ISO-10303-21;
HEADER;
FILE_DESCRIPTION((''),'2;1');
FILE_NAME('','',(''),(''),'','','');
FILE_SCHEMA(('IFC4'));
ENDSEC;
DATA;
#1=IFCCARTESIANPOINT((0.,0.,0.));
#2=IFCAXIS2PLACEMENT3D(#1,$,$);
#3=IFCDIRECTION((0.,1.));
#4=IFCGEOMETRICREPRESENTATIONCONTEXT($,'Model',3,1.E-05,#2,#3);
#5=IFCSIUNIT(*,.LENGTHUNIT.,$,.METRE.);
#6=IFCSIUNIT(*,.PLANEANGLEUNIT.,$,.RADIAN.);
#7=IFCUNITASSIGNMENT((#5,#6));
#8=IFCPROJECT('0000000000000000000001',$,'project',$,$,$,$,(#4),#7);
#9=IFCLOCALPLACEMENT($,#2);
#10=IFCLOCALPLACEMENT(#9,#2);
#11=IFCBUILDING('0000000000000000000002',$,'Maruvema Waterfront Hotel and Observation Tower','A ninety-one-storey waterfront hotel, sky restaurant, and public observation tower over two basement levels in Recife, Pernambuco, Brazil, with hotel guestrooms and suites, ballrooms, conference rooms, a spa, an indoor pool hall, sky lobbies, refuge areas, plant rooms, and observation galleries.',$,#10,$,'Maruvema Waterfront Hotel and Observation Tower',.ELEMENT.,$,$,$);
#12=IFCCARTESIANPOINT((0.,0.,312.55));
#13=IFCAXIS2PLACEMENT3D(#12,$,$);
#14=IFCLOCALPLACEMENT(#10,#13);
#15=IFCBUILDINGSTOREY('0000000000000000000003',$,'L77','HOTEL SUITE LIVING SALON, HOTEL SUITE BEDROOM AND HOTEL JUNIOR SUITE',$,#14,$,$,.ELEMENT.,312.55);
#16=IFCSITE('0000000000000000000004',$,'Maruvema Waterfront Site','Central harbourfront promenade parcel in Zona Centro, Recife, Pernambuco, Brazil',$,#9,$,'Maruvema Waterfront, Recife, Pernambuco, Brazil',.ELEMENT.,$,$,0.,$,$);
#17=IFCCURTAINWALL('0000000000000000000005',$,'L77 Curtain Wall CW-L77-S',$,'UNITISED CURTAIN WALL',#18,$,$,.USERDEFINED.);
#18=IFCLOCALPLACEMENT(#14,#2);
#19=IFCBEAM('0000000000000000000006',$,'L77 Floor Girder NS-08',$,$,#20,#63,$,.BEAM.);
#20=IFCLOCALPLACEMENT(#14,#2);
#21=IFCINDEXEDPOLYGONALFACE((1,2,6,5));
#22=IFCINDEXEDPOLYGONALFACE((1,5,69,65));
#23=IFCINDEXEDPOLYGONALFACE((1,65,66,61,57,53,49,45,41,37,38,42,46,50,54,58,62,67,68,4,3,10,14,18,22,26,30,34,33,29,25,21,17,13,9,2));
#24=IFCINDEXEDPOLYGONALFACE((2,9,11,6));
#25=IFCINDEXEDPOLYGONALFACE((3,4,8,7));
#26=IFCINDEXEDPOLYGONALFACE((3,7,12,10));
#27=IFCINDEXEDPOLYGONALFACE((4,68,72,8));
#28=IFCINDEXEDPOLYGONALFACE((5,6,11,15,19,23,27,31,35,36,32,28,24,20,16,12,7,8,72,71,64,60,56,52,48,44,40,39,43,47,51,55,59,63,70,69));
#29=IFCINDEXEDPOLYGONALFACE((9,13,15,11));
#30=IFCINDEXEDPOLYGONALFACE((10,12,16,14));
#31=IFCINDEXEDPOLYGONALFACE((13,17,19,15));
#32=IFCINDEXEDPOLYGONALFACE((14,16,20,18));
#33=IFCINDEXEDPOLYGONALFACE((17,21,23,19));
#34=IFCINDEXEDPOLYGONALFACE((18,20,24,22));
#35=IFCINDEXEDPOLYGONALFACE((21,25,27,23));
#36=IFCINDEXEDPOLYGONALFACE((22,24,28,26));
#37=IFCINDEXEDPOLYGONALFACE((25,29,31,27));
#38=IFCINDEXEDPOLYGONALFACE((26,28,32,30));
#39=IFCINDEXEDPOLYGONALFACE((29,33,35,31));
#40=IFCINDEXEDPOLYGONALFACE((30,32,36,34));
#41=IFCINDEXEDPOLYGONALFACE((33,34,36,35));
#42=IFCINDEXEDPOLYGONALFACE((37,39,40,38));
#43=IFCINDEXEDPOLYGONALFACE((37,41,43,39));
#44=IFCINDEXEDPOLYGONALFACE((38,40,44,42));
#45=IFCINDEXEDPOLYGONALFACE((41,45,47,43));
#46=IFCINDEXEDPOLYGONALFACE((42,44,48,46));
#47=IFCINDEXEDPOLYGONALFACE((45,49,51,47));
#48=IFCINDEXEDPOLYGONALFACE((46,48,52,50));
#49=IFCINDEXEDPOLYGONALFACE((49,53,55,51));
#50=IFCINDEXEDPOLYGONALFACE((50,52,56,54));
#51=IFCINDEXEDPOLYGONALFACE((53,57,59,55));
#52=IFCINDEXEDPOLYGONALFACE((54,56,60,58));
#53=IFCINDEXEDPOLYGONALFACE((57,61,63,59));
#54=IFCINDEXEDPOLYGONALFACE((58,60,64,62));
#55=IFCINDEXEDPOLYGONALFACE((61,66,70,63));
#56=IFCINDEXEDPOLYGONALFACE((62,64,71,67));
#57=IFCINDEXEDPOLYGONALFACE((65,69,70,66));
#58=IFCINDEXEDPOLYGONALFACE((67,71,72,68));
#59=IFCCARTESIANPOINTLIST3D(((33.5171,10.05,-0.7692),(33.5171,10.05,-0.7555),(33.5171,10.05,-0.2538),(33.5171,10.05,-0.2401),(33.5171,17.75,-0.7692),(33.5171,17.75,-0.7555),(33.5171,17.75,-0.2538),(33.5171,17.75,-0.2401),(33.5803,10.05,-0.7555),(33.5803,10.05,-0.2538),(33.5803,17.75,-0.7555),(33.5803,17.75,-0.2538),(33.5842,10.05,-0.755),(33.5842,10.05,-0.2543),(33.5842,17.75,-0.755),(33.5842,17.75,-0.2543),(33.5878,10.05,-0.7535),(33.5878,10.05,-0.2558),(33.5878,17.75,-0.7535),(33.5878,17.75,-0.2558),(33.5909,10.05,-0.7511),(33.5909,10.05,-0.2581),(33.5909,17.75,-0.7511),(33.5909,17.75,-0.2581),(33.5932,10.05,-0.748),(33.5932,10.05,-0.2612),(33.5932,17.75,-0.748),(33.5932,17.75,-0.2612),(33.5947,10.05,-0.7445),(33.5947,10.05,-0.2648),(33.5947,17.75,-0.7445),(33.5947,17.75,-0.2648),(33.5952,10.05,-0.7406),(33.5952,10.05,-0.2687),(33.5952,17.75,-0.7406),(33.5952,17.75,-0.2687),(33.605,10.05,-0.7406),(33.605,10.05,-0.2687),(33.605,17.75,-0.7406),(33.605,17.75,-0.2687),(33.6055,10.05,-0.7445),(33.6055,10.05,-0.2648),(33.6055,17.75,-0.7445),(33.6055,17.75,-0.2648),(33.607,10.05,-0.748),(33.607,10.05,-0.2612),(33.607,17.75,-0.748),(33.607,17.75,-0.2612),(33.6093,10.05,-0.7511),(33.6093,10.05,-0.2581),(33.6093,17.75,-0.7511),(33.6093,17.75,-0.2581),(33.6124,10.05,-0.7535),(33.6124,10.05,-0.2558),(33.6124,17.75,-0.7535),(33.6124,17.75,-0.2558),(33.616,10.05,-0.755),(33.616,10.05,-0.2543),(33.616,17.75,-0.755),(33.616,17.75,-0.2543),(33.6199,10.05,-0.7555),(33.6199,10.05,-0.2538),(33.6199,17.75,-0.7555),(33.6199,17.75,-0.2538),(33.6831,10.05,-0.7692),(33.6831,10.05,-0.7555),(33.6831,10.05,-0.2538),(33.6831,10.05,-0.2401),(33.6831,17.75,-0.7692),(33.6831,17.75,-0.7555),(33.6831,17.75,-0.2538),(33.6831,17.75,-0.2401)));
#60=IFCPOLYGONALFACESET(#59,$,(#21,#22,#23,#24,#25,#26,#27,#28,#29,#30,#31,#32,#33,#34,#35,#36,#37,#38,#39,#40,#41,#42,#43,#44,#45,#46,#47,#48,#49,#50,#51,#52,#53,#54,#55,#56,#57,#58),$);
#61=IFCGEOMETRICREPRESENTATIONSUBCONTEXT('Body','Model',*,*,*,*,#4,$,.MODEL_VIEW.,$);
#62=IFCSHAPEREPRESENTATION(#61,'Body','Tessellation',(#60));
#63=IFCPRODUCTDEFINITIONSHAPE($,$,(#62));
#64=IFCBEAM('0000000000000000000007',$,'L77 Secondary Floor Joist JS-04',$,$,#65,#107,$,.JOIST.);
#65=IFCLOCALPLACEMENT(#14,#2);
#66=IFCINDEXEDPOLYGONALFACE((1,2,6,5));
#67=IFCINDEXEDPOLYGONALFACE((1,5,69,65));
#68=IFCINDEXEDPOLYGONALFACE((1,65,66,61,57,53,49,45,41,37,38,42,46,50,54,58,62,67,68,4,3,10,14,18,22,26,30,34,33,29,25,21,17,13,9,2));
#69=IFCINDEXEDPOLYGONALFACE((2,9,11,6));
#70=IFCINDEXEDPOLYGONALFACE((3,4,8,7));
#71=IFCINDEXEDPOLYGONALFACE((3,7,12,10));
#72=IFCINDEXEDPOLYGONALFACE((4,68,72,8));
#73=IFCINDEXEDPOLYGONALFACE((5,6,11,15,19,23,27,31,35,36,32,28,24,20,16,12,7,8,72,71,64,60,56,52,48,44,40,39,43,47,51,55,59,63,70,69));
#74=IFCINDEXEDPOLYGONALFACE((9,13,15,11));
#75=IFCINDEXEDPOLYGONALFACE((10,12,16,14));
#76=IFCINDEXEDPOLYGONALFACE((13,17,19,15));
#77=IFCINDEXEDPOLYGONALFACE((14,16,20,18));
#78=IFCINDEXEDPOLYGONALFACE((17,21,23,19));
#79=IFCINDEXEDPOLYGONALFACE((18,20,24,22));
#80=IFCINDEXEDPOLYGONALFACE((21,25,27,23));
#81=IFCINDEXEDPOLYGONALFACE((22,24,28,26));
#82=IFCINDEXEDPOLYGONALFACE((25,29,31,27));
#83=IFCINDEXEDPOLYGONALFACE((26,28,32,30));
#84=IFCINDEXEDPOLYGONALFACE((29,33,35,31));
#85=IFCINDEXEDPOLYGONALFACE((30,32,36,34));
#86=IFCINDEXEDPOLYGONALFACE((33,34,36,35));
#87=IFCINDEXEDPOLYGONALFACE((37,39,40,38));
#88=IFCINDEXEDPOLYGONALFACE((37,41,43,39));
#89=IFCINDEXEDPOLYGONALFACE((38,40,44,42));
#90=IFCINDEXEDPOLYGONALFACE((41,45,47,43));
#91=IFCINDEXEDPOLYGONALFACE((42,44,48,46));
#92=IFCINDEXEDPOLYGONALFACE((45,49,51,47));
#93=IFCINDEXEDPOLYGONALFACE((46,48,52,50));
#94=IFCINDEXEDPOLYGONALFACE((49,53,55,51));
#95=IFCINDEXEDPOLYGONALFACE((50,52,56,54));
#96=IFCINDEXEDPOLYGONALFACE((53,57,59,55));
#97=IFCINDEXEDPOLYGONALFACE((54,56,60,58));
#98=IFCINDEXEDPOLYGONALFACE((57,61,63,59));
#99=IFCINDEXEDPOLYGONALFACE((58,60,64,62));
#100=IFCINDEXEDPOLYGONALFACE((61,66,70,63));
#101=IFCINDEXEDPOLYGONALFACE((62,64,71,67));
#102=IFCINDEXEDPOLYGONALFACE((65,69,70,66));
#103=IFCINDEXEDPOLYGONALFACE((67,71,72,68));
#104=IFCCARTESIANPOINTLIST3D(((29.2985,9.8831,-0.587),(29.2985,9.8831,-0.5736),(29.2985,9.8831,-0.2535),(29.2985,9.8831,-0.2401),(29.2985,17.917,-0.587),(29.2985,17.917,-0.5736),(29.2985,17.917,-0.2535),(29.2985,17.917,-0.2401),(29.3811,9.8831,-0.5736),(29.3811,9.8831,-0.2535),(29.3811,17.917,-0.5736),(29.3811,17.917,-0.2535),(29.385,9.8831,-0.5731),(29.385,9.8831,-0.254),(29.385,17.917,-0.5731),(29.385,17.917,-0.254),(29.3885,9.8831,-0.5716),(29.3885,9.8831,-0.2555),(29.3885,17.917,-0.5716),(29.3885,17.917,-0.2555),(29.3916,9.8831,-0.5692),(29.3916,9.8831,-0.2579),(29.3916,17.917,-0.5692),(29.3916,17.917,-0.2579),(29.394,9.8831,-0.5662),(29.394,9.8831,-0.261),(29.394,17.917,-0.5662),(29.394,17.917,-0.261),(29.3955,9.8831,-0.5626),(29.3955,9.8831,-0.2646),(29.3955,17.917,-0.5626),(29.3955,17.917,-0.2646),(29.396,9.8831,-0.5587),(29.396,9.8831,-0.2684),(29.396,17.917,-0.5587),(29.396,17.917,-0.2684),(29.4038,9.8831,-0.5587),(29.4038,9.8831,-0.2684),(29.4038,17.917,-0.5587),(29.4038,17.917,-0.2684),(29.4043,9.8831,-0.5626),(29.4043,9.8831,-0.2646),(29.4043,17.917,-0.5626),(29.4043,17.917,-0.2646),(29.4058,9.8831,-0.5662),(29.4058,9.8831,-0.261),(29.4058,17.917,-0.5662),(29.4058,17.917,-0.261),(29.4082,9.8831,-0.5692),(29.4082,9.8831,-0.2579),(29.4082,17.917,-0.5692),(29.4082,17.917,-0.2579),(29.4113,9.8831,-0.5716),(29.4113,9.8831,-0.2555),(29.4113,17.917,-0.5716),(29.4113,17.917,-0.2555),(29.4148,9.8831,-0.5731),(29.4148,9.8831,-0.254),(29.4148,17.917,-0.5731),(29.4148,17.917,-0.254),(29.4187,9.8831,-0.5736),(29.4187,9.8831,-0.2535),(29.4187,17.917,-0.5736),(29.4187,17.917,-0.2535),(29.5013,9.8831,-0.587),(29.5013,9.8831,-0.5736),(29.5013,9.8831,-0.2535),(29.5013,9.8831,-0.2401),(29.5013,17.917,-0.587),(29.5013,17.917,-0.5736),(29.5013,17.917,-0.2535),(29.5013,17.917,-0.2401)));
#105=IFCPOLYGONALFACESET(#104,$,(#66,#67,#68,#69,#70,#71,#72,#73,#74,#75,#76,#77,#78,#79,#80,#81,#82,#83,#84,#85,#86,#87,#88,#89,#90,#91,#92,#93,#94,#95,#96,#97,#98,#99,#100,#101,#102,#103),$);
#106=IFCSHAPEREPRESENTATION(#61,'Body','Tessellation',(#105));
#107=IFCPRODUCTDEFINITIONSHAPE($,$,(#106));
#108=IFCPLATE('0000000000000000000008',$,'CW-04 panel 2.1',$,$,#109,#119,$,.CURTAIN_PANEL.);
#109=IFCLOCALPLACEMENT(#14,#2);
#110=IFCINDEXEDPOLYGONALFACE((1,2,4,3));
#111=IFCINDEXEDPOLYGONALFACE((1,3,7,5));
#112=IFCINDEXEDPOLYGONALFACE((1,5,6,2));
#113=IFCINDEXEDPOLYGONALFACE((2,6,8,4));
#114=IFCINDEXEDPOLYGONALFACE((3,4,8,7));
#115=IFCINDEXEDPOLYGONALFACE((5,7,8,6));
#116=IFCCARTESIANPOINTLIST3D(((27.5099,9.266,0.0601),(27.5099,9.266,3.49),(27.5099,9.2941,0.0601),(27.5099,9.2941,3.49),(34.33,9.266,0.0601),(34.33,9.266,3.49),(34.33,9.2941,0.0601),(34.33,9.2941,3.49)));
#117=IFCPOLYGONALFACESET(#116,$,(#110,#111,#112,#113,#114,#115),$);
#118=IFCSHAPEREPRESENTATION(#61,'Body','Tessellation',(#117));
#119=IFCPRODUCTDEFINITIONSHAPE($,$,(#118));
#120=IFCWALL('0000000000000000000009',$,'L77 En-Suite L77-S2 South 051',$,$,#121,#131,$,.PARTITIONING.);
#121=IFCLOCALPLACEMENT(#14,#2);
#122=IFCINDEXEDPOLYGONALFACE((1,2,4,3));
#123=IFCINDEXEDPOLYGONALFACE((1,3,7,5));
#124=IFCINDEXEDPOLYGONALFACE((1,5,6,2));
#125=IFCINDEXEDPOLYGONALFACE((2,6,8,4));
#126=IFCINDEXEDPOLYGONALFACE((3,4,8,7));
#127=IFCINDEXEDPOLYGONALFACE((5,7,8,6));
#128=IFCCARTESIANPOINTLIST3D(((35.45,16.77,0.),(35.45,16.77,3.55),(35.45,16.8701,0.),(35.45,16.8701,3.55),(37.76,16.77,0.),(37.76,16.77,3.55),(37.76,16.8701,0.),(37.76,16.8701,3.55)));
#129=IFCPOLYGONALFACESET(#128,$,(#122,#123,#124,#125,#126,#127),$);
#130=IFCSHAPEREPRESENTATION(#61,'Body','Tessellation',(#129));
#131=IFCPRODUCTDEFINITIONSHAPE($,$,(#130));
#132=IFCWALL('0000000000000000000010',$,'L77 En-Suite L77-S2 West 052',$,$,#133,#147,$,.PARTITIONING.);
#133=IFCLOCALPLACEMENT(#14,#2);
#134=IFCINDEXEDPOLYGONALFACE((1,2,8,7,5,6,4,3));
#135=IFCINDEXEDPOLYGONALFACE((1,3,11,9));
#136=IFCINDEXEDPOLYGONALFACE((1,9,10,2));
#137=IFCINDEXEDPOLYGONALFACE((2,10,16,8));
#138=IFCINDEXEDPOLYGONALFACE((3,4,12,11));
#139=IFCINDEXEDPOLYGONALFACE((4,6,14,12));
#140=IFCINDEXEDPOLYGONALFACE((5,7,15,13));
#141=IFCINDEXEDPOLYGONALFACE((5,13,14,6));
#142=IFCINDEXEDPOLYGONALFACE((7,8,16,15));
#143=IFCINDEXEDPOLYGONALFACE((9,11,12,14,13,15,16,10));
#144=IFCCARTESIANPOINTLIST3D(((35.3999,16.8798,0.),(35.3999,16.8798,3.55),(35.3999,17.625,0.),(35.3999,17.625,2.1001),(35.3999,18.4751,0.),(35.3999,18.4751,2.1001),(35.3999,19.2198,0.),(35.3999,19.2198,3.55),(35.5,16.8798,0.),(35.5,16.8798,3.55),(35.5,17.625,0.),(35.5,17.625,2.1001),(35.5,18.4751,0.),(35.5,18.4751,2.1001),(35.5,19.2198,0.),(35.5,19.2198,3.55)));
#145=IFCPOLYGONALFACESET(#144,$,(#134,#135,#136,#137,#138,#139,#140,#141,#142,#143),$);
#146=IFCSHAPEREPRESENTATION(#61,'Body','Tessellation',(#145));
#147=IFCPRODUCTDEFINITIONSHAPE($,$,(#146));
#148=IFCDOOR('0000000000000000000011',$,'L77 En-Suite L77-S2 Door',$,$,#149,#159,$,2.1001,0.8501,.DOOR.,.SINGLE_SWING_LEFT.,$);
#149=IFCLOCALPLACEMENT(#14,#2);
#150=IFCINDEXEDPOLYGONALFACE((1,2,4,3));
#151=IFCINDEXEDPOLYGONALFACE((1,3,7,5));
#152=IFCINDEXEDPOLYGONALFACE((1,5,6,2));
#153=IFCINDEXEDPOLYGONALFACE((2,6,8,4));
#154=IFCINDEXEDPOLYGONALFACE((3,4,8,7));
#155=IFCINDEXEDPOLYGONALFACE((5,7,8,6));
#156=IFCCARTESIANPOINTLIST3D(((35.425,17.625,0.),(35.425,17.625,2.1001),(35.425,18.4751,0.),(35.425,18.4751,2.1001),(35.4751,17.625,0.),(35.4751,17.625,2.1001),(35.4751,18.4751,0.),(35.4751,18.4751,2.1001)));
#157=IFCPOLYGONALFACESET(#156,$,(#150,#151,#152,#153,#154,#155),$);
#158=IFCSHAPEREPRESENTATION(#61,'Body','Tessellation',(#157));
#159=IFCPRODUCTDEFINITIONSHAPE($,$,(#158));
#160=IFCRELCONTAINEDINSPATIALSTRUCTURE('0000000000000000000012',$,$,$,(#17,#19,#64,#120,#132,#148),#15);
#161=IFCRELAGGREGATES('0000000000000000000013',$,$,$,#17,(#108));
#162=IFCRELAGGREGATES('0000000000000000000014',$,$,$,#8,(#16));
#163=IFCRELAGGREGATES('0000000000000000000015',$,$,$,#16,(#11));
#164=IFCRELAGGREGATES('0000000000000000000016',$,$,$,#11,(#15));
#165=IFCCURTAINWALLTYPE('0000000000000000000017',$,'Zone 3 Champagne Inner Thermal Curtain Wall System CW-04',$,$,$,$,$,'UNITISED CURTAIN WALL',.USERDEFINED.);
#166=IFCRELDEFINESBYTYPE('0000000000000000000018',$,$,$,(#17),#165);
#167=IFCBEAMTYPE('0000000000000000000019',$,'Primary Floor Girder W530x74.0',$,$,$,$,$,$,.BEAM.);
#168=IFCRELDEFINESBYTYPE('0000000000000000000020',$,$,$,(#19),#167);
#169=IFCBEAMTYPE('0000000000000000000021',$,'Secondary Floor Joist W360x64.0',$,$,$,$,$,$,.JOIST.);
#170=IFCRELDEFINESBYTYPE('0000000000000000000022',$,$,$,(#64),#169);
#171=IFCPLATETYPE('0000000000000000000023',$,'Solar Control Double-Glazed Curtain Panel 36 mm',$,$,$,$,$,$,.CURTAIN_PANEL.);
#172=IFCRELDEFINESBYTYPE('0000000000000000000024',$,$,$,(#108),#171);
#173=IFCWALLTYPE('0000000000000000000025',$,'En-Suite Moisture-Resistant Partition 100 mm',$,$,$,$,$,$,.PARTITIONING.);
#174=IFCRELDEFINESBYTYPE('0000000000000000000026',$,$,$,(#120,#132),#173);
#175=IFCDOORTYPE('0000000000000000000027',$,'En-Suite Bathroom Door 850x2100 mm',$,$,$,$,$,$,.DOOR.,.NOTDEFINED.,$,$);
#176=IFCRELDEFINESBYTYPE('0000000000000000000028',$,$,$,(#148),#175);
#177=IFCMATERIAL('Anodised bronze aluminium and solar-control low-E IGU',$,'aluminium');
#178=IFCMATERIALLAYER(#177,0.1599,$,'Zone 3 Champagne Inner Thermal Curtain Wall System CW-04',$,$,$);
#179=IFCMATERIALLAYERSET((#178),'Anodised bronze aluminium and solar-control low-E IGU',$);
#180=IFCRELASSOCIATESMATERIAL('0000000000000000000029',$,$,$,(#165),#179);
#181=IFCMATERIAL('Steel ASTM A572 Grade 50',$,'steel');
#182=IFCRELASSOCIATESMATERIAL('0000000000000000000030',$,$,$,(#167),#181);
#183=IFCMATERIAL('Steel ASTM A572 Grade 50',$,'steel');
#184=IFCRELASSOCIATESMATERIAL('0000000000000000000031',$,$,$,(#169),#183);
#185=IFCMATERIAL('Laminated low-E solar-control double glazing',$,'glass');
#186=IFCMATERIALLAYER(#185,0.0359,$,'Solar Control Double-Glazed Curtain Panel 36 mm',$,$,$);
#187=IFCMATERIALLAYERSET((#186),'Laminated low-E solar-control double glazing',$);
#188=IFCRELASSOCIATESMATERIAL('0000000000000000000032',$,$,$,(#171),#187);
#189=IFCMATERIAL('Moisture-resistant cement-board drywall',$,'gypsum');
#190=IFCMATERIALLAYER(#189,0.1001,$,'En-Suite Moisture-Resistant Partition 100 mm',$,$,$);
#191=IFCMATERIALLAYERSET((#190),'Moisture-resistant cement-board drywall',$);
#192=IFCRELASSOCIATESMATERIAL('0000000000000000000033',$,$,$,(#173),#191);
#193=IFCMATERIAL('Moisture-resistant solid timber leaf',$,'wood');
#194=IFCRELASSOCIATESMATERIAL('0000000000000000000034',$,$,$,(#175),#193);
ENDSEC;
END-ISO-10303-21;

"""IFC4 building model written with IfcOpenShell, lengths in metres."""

from ifc_helpers import new_model, si_unit, direction, frame, frame_2d, origin, origin_2d, place, context, subcontext, project, spatial, rectangle, i_section, extrude, material, layer, layer_set, material_profile, profile_set, type_object, element, fill, aggregate, save


model = new_model("IFC4")

# Units and contexts
model_context = context("Model", 3, precision=1e-05, world=origin(), true_north=direction((0.0, 1.0)))
body_context = subcontext(model_context, "Body", "Model", "MODEL_VIEW")
ifc_project = project(units=[si_unit("LENGTHUNIT", "METRE"), si_unit("PLANEANGLEUNIT", "RADIAN")], contexts=[model_context])

# Site, building, storey
site_placement = place(None, origin())
site = spatial("IfcSite", under=ifc_project, at=site_placement, Name="Maruvema Waterfront Site", Description="Central harbourfront promenade parcel in Zona Centro, Recife, Pernambuco, Brazil", LongName="Maruvema Waterfront, Recife, Pernambuco, Brazil", CompositionType="ELEMENT", RefElevation=0.0)
building_placement = place(site_placement, origin())
building = spatial("IfcBuilding", under=site, at=building_placement, Name="Maruvema Waterfront Hotel and Observation Tower", Description="A ninety-one-storey waterfront hotel, sky restaurant, and public observation tower over two basement levels in Recife, Pernambuco, Brazil, with hotel guestrooms and suites, ballrooms, conference rooms, a spa, an indoor pool hall, sky lobbies, refuge areas, plant rooms, and observation galleries.", LongName="Maruvema Waterfront Hotel and Observation Tower", CompositionType="ELEMENT")
storey_placement = place(building_placement, frame((0.0, 0.0, 312.55)))
storey = spatial("IfcBuildingStorey", under=building, at=storey_placement, Name="L77", Description="HOTEL SUITE LIVING SALON, HOTEL SUITE BEDROOM AND HOTEL JUNIOR SUITE", CompositionType="ELEMENT", Elevation=312.55)

# Curtain wall
ifc_material_1 = material(Name="Anodised bronze aluminium and solar-control low-E IGU", Category="aluminium")
ifc_layer_1 = layer(ifc_material_1, 0.1599, Name="Zone 3 Champagne Inner Thermal Curtain Wall System CW-04")
ifc_layer_set_1 = layer_set([ifc_layer_1], Name="Anodised bronze aluminium and solar-control low-E IGU")
curtain_wall_type = type_object("IfcCurtainWallType", Name="Zone 3 Champagne Inner Thermal Curtain Wall System CW-04", ElementType="UNITISED CURTAIN WALL", PredefinedType="USERDEFINED", material=ifc_layer_set_1)
curtain_wall_placement = place(storey_placement, origin())
curtain_wall = element("IfcCurtainWall", 1, at=curtain_wall_placement, inside=storey, type_object=curtain_wall_type, Name="L77 Curtain Wall CW-L77-S", ObjectType="UNITISED CURTAIN WALL", PredefinedType="USERDEFINED")

# Beams
ifc_material_2 = material(Name="Steel ASTM A572 Grade 50", Category="steel")
ifc_material_profile_1 = material_profile(ifc_material_2, i_section(OverallWidth=0.166, OverallDepth=0.5291, WebThickness=0.0098, FlangeThickness=0.0137, FilletRadius=0.0149, at=origin_2d()), Name="W530x74.0")
ifc_profile_set_1 = profile_set([ifc_material_profile_1], Name="Steel ASTM A572 Grade 50")
beam_type_1 = type_object("IfcBeamType", Name="Primary Floor Girder W530x74.0", PredefinedType="BEAM", material=ifc_profile_set_1)
beam_1_placement = place(storey_placement, frame((33.6001, 10.05, -0.5046), z_axis=(0.0, 1.0, 0.0), x_axis=(-1.0, 0.0, 0.0)))
element("IfcBeam", 2, at=beam_1_placement, inside=storey, type_object=beam_type_1, Name="L77 Floor Girder NS-08", PredefinedType="BEAM", context=body_context, shape_type="SweptSolid", body=[
    extrude(i_section(OverallWidth=0.166, OverallDepth=0.5291, WebThickness=0.0098, FlangeThickness=0.0137, FilletRadius=0.0149, at=origin_2d()), origin(), (0.0, 0.0, 1.0), 7.7),
])
ifc_material_3 = material(Name="Steel ASTM A572 Grade 50", Category="steel")
ifc_material_profile_2 = material_profile(ifc_material_3, i_section(OverallWidth=0.2029, OverallDepth=0.3469, WebThickness=0.0078, FlangeThickness=0.0134, FilletRadius=0.0149, at=origin_2d()), Name="W360x64.0")
ifc_profile_set_2 = profile_set([ifc_material_profile_2], Name="Steel ASTM A572 Grade 50")
beam_type_2 = type_object("IfcBeamType", Name="Secondary Floor Joist W360x64.0", PredefinedType="JOIST", material=ifc_profile_set_2)
beam_2_placement = place(storey_placement, frame((29.3999, 9.8831, -0.4136), z_axis=(0.0, 1.0, 0.0), x_axis=(-1.0, 0.0, 0.0)))
element("IfcBeam", 3, at=beam_2_placement, inside=storey, type_object=beam_type_2, Name="L77 Secondary Floor Joist JS-04", PredefinedType="JOIST", context=body_context, shape_type="SweptSolid", body=[
    extrude(i_section(OverallWidth=0.2029, OverallDepth=0.3469, WebThickness=0.0078, FlangeThickness=0.0134, FilletRadius=0.0149, at=origin_2d()), origin(), (0.0, 0.0, 1.0), 8.0339),
])

# Plate
ifc_material_4 = material(Name="Laminated low-E solar-control double glazing", Category="glass")
ifc_layer_2 = layer(ifc_material_4, 0.0359, Name="Solar Control Double-Glazed Curtain Panel 36 mm")
ifc_layer_set_2 = layer_set([ifc_layer_2], Name="Laminated low-E solar-control double glazing")
plate_type = type_object("IfcPlateType", Name="Solar Control Double-Glazed Curtain Panel 36 mm", PredefinedType="CURTAIN_PANEL", material=ifc_layer_set_2)
plate_placement = place(storey_placement, frame((30.9199, 9.28, 0.0601), z_axis=(0.0, 0.0, 1.0), x_axis=(1.0, 0.0, 0.0)))
plate = element("IfcPlate", 4, at=plate_placement, type_object=plate_type, Name="CW-04 panel 2.1", PredefinedType="CURTAIN_PANEL", context=body_context, shape_type="SweptSolid", body=[
    extrude(rectangle(XDim=6.8201, YDim=0.0281, at=origin_2d()), origin(), (0.0, 0.0, 1.0), 3.4299),
])
aggregate(curtain_wall, [plate])

# Wall
ifc_material_5 = material(Name="Moisture-resistant cement-board drywall", Category="gypsum")
ifc_layer_3 = layer(ifc_material_5, 0.1001, Name="En-Suite Moisture-Resistant Partition 100 mm")
ifc_layer_set_3 = layer_set([ifc_layer_3], Name="Moisture-resistant cement-board drywall")
wall_type_1 = type_object("IfcWallType", Name="En-Suite Moisture-Resistant Partition 100 mm", PredefinedType="PARTITIONING", material=ifc_layer_set_3)
wall_1_placement = place(storey_placement, frame((35.45, 16.8201, 0.0), z_axis=(0.0, 0.0, 1.0), x_axis=(1.0, 0.0, 0.0)))
element("IfcWall", 5, at=wall_1_placement, inside=storey, type_object=wall_type_1, Name="L77 En-Suite L77-S2 South 051", PredefinedType="PARTITIONING", context=body_context, shape_type="SweptSolid", body=[
    extrude(rectangle(XDim=2.3101, YDim=0.1001, at=frame_2d((1.155, 0.0))), origin(), (0.0, 0.0, 1.0), 3.55),
])

# Wall, opening, door
wall_2_placement = place(storey_placement, frame((35.45, 16.8799, 0.0), z_axis=(0.0, 0.0, 1.0), x_axis=(0.0, 1.0, 0.0)))
wall_2 = element("IfcWall", 6, at=wall_2_placement, inside=storey, type_object=wall_type_1, Name="L77 En-Suite L77-S2 West 052", PredefinedType="PARTITIONING", context=body_context, shape_type="SweptSolid", body=[
    extrude(rectangle(XDim=2.3401, YDim=0.1001, at=frame_2d((1.1699, 0.0))), origin(), (0.0, 0.0, 1.0), 3.55),
])
opening_1_placement = place(wall_2_placement, frame((0.7451, 0.0, 0.0)))
opening_1 = element("IfcOpeningElement", 7, at=opening_1_placement, cuts=wall_2, PredefinedType="OPENING", context=body_context, shape_type="SweptSolid", body=[
    extrude(rectangle(XDim=0.8501, YDim=2.1001, at=frame_2d((0.425, 1.05))), frame((0.0, 0.0601, 0.0), z_axis=(0.0, -1.0, 0.0), x_axis=(1.0, 0.0, 0.0)), (0.0, 0.0, 1.0), 0.1201),
])
ifc_material_6 = material(Name="Moisture-resistant solid timber leaf", Category="wood")
door_type_1 = type_object("IfcDoorType", Name="En-Suite Bathroom Door 850x2100 mm", OperationType="NOTDEFINED", PredefinedType="DOOR", material=ifc_material_6)
door_1_placement = place(opening_1_placement, origin())
door_1 = element("IfcDoor", 8, at=door_1_placement, inside=storey, type_object=door_type_1, Name="L77 En-Suite L77-S2 Door", OperationType="SINGLE_SWING_LEFT", OverallHeight=2.1001, OverallWidth=0.8501, PredefinedType="DOOR", context=body_context, shape_type="SweptSolid", body=[
    extrude(rectangle(XDim=0.8501, YDim=2.1001, at=frame_2d((0.425, 1.05))), frame((0.0, 0.0249, 0.0), z_axis=(0.0, -1.0, 0.0), x_axis=(1.0, 0.0, 0.0)), (0.0, 0.0, 1.0), 0.05),
])
fill(opening_1, door_1)

save(model, "model.ifc")
